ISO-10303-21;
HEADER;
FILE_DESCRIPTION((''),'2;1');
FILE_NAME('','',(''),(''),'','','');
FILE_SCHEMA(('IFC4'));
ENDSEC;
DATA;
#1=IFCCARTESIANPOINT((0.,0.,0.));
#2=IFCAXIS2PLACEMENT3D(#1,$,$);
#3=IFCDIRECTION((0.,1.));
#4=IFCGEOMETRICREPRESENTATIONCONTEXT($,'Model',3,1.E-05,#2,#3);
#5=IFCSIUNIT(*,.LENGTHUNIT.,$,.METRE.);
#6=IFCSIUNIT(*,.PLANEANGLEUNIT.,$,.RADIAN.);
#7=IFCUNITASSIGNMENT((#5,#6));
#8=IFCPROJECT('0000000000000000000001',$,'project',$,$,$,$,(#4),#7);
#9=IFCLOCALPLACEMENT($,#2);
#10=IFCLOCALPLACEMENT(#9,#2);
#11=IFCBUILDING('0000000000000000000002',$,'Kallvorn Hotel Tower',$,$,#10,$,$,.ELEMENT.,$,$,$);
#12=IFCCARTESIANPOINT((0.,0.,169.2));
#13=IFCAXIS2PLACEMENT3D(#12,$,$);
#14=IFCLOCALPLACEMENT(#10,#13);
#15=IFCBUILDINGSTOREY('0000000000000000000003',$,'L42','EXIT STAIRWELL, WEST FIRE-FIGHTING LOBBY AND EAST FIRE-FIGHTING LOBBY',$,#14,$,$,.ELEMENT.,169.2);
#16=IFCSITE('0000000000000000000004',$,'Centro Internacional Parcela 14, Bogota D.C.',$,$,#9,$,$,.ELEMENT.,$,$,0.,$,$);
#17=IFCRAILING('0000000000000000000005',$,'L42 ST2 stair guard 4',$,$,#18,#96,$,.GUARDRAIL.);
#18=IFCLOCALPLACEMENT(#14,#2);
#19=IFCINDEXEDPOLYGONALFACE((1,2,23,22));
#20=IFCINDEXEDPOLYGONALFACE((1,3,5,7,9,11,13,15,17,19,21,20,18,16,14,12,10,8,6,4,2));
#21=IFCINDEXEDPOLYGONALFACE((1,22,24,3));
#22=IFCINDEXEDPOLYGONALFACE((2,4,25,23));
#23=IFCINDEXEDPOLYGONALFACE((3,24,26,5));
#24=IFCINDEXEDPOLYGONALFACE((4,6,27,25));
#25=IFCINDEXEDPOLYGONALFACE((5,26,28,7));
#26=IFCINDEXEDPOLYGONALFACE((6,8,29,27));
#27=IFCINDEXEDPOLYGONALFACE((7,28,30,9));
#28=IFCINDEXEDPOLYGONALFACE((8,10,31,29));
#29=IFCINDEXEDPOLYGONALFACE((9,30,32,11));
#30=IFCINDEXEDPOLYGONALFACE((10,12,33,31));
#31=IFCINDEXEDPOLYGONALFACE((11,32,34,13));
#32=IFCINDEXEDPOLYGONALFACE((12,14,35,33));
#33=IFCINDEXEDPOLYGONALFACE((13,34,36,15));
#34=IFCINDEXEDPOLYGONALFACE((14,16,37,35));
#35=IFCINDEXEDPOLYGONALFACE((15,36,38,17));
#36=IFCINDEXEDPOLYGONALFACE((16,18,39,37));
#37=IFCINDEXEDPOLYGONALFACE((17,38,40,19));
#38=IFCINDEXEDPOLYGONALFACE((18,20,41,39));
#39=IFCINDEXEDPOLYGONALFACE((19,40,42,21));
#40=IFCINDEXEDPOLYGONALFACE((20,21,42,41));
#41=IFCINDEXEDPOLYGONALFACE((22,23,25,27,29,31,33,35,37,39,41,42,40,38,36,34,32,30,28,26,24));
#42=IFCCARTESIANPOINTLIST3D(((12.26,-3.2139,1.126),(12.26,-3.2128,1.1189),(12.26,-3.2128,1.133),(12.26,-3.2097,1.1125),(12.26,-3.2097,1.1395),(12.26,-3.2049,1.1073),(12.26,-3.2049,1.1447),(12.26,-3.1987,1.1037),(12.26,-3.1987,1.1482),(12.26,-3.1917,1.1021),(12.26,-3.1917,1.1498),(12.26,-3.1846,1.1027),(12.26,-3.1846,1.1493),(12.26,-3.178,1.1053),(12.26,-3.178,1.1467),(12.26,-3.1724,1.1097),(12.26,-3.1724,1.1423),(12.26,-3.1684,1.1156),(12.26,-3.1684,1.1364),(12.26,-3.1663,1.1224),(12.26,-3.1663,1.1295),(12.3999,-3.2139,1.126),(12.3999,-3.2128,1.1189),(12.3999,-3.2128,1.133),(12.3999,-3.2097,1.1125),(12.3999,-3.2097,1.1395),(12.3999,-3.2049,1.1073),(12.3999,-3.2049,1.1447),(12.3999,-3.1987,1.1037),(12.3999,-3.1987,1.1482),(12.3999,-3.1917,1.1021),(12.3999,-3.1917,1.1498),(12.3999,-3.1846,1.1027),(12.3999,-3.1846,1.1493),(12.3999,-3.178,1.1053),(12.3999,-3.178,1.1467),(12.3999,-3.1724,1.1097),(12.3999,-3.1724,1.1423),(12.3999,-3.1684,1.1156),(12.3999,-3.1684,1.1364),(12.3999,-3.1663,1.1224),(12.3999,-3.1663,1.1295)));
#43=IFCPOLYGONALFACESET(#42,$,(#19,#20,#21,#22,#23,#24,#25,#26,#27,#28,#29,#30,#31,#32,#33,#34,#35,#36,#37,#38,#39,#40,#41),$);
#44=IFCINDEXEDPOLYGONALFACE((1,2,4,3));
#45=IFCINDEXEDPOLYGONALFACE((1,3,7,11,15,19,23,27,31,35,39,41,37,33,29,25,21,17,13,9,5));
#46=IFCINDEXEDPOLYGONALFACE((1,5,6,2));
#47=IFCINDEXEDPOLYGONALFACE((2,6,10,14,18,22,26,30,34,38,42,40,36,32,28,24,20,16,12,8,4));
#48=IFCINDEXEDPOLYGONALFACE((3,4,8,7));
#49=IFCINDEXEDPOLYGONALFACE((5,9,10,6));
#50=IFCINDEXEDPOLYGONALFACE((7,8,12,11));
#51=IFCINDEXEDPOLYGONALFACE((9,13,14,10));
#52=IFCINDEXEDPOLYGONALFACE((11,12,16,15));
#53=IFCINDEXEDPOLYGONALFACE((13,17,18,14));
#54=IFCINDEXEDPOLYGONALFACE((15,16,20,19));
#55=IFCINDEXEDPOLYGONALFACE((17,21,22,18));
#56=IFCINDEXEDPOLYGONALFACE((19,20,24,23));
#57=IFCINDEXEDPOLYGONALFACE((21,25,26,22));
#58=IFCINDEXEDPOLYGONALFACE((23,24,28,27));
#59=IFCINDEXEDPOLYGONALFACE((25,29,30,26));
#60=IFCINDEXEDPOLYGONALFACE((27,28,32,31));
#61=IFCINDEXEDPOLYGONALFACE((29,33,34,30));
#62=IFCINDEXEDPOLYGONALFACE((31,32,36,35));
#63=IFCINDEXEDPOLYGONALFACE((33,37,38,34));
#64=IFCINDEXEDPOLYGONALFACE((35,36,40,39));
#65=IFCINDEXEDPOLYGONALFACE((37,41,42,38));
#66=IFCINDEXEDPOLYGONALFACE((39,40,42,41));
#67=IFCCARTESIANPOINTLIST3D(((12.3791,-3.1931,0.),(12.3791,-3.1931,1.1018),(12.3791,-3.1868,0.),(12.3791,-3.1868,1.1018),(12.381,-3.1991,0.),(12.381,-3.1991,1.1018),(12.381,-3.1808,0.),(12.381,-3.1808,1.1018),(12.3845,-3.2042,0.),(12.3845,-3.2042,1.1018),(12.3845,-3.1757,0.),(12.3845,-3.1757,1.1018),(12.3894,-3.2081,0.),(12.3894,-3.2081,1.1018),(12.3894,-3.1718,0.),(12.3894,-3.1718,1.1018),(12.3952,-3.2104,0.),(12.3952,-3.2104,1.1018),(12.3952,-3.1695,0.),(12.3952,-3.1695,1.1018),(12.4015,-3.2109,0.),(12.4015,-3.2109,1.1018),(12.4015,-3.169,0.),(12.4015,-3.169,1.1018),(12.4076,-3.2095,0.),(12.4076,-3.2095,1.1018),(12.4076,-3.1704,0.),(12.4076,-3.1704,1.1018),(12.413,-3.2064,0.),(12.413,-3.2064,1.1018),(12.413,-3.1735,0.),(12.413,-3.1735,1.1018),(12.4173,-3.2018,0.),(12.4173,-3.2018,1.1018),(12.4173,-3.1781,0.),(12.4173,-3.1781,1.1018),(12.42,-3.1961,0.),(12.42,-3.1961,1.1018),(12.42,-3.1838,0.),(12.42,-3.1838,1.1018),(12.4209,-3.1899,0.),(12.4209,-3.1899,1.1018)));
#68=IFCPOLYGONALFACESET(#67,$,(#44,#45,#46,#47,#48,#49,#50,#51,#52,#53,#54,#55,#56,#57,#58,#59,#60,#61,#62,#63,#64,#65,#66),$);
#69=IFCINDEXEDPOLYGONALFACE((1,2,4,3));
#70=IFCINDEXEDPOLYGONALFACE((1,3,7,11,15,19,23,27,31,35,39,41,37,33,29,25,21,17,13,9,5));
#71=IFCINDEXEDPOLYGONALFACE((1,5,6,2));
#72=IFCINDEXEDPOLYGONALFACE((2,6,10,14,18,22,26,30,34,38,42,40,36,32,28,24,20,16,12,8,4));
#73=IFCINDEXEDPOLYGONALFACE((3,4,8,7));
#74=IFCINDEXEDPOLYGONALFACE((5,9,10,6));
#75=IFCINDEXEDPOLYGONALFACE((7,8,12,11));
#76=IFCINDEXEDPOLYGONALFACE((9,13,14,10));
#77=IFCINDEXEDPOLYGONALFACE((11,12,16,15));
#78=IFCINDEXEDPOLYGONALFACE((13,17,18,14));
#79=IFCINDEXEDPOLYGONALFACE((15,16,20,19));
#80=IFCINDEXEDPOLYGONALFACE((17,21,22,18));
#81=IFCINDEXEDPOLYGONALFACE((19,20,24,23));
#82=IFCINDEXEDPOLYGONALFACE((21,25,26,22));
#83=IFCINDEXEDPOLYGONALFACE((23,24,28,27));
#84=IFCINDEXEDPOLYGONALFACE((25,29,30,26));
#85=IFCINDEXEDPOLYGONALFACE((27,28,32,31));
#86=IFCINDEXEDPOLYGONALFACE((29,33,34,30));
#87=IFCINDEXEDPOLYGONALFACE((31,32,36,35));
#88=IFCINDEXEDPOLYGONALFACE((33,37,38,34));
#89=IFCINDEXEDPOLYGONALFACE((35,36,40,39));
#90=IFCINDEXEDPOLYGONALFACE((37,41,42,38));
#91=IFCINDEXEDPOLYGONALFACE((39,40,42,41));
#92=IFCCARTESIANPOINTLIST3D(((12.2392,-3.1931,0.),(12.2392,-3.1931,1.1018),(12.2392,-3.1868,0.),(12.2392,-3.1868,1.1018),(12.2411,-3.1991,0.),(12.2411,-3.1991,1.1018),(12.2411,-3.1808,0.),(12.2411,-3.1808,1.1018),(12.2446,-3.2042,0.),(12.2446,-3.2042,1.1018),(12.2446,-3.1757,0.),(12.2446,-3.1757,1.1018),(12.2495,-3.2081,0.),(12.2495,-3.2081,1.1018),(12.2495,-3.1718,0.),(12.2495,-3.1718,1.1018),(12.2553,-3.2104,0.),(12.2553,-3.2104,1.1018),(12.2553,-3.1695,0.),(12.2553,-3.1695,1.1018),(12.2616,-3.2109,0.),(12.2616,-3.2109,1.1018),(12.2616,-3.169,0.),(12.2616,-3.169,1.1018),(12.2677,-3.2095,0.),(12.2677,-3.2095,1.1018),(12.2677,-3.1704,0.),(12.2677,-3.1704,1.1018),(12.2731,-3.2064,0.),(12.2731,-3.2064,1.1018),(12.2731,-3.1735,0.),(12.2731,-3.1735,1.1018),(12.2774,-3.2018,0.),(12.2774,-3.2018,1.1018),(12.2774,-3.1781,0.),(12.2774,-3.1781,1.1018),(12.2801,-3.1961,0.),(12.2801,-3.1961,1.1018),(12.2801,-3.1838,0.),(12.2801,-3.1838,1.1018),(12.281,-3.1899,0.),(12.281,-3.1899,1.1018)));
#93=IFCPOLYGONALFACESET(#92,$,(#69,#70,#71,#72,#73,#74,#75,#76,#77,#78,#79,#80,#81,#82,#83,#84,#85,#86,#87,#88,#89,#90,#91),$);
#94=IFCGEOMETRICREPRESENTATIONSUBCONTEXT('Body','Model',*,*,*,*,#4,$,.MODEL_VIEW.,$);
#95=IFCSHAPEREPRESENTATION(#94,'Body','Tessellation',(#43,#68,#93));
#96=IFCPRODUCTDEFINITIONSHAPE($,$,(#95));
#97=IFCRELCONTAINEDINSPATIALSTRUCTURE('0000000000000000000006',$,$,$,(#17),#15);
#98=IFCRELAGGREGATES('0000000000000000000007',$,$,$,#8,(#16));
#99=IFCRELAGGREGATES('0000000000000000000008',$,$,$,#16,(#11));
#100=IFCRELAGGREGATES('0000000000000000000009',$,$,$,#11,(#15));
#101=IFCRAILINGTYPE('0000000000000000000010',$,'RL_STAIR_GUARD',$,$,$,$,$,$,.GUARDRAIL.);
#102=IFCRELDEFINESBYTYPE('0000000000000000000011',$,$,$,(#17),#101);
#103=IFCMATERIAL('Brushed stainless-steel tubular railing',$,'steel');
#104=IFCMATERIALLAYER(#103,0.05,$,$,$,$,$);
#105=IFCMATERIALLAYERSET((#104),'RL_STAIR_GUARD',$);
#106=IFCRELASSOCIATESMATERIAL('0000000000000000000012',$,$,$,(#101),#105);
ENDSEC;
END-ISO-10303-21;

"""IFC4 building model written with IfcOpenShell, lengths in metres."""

from ifc_helpers import new_model, si_unit, direction, frame, origin, origin_2d, place, context, subcontext, project, spatial, circle, extrude, material, layer, layer_set, type_object, element, save


model = new_model("IFC4")

# Units and contexts
model_context = context("Model", 3, precision=1e-05, world=origin(), true_north=direction((0.0, 1.0)))
body_context = subcontext(model_context, "Body", "Model", "MODEL_VIEW")
ifc_project = project(units=[si_unit("LENGTHUNIT", "METRE"), si_unit("PLANEANGLEUNIT", "RADIAN")], contexts=[model_context])

# Site, building, storey
site_placement = place(None, origin())
site = spatial("IfcSite", under=ifc_project, at=site_placement, Name="Centro Internacional Parcela 14, Bogota D.C.", CompositionType="ELEMENT", RefElevation=0.0)
building_placement = place(site_placement, origin())
building = spatial("IfcBuilding", under=site, at=building_placement, Name="Kallvorn Hotel Tower", CompositionType="ELEMENT")
storey_placement = place(building_placement, frame((0.0, 0.0, 169.2)))
storey = spatial("IfcBuildingStorey", under=building, at=storey_placement, Name="L42", Description="EXIT STAIRWELL, WEST FIRE-FIGHTING LOBBY AND EAST FIRE-FIGHTING LOBBY", CompositionType="ELEMENT", Elevation=169.2)

# Railing
ifc_material_1 = material(Name="Brushed stainless-steel tubular railing", Category="steel")
ifc_layer_1 = layer(ifc_material_1, 0.05)
ifc_layer_set_1 = layer_set([ifc_layer_1], Name="RL_STAIR_GUARD")
railing_type_1 = type_object("IfcRailingType", Name="RL_STAIR_GUARD", PredefinedType="GUARDRAIL", material=ifc_layer_set_1)
railing_1_placement = place(storey_placement, frame((12.3999, -3.1899, 0.0)))
element("IfcRailing", 1, at=railing_1_placement, inside=storey, type_object=railing_type_1, Name="L42 ST2 stair guard 4", PredefinedType="GUARDRAIL", context=body_context, shape_type="SweptSolid", body=[
    extrude(circle(Radius=0.0239, at=origin_2d()), frame((0.0, 0.0, 1.126), z_axis=(-1.0, 0.0, 0.0), x_axis=(0.0, -1.0, 0.0)), (0.0, 0.0, 1.0), 0.1399),
    extrude(circle(Radius=0.021, at=origin_2d()), origin(), (0.0, 0.0, 1.0), 1.1018),
    extrude(circle(Radius=0.021, at=origin_2d()), frame((-0.1399, 0.0, 0.0)), (0.0, 0.0, 1.0), 1.1018),
])

save(model, "model.ifc")
